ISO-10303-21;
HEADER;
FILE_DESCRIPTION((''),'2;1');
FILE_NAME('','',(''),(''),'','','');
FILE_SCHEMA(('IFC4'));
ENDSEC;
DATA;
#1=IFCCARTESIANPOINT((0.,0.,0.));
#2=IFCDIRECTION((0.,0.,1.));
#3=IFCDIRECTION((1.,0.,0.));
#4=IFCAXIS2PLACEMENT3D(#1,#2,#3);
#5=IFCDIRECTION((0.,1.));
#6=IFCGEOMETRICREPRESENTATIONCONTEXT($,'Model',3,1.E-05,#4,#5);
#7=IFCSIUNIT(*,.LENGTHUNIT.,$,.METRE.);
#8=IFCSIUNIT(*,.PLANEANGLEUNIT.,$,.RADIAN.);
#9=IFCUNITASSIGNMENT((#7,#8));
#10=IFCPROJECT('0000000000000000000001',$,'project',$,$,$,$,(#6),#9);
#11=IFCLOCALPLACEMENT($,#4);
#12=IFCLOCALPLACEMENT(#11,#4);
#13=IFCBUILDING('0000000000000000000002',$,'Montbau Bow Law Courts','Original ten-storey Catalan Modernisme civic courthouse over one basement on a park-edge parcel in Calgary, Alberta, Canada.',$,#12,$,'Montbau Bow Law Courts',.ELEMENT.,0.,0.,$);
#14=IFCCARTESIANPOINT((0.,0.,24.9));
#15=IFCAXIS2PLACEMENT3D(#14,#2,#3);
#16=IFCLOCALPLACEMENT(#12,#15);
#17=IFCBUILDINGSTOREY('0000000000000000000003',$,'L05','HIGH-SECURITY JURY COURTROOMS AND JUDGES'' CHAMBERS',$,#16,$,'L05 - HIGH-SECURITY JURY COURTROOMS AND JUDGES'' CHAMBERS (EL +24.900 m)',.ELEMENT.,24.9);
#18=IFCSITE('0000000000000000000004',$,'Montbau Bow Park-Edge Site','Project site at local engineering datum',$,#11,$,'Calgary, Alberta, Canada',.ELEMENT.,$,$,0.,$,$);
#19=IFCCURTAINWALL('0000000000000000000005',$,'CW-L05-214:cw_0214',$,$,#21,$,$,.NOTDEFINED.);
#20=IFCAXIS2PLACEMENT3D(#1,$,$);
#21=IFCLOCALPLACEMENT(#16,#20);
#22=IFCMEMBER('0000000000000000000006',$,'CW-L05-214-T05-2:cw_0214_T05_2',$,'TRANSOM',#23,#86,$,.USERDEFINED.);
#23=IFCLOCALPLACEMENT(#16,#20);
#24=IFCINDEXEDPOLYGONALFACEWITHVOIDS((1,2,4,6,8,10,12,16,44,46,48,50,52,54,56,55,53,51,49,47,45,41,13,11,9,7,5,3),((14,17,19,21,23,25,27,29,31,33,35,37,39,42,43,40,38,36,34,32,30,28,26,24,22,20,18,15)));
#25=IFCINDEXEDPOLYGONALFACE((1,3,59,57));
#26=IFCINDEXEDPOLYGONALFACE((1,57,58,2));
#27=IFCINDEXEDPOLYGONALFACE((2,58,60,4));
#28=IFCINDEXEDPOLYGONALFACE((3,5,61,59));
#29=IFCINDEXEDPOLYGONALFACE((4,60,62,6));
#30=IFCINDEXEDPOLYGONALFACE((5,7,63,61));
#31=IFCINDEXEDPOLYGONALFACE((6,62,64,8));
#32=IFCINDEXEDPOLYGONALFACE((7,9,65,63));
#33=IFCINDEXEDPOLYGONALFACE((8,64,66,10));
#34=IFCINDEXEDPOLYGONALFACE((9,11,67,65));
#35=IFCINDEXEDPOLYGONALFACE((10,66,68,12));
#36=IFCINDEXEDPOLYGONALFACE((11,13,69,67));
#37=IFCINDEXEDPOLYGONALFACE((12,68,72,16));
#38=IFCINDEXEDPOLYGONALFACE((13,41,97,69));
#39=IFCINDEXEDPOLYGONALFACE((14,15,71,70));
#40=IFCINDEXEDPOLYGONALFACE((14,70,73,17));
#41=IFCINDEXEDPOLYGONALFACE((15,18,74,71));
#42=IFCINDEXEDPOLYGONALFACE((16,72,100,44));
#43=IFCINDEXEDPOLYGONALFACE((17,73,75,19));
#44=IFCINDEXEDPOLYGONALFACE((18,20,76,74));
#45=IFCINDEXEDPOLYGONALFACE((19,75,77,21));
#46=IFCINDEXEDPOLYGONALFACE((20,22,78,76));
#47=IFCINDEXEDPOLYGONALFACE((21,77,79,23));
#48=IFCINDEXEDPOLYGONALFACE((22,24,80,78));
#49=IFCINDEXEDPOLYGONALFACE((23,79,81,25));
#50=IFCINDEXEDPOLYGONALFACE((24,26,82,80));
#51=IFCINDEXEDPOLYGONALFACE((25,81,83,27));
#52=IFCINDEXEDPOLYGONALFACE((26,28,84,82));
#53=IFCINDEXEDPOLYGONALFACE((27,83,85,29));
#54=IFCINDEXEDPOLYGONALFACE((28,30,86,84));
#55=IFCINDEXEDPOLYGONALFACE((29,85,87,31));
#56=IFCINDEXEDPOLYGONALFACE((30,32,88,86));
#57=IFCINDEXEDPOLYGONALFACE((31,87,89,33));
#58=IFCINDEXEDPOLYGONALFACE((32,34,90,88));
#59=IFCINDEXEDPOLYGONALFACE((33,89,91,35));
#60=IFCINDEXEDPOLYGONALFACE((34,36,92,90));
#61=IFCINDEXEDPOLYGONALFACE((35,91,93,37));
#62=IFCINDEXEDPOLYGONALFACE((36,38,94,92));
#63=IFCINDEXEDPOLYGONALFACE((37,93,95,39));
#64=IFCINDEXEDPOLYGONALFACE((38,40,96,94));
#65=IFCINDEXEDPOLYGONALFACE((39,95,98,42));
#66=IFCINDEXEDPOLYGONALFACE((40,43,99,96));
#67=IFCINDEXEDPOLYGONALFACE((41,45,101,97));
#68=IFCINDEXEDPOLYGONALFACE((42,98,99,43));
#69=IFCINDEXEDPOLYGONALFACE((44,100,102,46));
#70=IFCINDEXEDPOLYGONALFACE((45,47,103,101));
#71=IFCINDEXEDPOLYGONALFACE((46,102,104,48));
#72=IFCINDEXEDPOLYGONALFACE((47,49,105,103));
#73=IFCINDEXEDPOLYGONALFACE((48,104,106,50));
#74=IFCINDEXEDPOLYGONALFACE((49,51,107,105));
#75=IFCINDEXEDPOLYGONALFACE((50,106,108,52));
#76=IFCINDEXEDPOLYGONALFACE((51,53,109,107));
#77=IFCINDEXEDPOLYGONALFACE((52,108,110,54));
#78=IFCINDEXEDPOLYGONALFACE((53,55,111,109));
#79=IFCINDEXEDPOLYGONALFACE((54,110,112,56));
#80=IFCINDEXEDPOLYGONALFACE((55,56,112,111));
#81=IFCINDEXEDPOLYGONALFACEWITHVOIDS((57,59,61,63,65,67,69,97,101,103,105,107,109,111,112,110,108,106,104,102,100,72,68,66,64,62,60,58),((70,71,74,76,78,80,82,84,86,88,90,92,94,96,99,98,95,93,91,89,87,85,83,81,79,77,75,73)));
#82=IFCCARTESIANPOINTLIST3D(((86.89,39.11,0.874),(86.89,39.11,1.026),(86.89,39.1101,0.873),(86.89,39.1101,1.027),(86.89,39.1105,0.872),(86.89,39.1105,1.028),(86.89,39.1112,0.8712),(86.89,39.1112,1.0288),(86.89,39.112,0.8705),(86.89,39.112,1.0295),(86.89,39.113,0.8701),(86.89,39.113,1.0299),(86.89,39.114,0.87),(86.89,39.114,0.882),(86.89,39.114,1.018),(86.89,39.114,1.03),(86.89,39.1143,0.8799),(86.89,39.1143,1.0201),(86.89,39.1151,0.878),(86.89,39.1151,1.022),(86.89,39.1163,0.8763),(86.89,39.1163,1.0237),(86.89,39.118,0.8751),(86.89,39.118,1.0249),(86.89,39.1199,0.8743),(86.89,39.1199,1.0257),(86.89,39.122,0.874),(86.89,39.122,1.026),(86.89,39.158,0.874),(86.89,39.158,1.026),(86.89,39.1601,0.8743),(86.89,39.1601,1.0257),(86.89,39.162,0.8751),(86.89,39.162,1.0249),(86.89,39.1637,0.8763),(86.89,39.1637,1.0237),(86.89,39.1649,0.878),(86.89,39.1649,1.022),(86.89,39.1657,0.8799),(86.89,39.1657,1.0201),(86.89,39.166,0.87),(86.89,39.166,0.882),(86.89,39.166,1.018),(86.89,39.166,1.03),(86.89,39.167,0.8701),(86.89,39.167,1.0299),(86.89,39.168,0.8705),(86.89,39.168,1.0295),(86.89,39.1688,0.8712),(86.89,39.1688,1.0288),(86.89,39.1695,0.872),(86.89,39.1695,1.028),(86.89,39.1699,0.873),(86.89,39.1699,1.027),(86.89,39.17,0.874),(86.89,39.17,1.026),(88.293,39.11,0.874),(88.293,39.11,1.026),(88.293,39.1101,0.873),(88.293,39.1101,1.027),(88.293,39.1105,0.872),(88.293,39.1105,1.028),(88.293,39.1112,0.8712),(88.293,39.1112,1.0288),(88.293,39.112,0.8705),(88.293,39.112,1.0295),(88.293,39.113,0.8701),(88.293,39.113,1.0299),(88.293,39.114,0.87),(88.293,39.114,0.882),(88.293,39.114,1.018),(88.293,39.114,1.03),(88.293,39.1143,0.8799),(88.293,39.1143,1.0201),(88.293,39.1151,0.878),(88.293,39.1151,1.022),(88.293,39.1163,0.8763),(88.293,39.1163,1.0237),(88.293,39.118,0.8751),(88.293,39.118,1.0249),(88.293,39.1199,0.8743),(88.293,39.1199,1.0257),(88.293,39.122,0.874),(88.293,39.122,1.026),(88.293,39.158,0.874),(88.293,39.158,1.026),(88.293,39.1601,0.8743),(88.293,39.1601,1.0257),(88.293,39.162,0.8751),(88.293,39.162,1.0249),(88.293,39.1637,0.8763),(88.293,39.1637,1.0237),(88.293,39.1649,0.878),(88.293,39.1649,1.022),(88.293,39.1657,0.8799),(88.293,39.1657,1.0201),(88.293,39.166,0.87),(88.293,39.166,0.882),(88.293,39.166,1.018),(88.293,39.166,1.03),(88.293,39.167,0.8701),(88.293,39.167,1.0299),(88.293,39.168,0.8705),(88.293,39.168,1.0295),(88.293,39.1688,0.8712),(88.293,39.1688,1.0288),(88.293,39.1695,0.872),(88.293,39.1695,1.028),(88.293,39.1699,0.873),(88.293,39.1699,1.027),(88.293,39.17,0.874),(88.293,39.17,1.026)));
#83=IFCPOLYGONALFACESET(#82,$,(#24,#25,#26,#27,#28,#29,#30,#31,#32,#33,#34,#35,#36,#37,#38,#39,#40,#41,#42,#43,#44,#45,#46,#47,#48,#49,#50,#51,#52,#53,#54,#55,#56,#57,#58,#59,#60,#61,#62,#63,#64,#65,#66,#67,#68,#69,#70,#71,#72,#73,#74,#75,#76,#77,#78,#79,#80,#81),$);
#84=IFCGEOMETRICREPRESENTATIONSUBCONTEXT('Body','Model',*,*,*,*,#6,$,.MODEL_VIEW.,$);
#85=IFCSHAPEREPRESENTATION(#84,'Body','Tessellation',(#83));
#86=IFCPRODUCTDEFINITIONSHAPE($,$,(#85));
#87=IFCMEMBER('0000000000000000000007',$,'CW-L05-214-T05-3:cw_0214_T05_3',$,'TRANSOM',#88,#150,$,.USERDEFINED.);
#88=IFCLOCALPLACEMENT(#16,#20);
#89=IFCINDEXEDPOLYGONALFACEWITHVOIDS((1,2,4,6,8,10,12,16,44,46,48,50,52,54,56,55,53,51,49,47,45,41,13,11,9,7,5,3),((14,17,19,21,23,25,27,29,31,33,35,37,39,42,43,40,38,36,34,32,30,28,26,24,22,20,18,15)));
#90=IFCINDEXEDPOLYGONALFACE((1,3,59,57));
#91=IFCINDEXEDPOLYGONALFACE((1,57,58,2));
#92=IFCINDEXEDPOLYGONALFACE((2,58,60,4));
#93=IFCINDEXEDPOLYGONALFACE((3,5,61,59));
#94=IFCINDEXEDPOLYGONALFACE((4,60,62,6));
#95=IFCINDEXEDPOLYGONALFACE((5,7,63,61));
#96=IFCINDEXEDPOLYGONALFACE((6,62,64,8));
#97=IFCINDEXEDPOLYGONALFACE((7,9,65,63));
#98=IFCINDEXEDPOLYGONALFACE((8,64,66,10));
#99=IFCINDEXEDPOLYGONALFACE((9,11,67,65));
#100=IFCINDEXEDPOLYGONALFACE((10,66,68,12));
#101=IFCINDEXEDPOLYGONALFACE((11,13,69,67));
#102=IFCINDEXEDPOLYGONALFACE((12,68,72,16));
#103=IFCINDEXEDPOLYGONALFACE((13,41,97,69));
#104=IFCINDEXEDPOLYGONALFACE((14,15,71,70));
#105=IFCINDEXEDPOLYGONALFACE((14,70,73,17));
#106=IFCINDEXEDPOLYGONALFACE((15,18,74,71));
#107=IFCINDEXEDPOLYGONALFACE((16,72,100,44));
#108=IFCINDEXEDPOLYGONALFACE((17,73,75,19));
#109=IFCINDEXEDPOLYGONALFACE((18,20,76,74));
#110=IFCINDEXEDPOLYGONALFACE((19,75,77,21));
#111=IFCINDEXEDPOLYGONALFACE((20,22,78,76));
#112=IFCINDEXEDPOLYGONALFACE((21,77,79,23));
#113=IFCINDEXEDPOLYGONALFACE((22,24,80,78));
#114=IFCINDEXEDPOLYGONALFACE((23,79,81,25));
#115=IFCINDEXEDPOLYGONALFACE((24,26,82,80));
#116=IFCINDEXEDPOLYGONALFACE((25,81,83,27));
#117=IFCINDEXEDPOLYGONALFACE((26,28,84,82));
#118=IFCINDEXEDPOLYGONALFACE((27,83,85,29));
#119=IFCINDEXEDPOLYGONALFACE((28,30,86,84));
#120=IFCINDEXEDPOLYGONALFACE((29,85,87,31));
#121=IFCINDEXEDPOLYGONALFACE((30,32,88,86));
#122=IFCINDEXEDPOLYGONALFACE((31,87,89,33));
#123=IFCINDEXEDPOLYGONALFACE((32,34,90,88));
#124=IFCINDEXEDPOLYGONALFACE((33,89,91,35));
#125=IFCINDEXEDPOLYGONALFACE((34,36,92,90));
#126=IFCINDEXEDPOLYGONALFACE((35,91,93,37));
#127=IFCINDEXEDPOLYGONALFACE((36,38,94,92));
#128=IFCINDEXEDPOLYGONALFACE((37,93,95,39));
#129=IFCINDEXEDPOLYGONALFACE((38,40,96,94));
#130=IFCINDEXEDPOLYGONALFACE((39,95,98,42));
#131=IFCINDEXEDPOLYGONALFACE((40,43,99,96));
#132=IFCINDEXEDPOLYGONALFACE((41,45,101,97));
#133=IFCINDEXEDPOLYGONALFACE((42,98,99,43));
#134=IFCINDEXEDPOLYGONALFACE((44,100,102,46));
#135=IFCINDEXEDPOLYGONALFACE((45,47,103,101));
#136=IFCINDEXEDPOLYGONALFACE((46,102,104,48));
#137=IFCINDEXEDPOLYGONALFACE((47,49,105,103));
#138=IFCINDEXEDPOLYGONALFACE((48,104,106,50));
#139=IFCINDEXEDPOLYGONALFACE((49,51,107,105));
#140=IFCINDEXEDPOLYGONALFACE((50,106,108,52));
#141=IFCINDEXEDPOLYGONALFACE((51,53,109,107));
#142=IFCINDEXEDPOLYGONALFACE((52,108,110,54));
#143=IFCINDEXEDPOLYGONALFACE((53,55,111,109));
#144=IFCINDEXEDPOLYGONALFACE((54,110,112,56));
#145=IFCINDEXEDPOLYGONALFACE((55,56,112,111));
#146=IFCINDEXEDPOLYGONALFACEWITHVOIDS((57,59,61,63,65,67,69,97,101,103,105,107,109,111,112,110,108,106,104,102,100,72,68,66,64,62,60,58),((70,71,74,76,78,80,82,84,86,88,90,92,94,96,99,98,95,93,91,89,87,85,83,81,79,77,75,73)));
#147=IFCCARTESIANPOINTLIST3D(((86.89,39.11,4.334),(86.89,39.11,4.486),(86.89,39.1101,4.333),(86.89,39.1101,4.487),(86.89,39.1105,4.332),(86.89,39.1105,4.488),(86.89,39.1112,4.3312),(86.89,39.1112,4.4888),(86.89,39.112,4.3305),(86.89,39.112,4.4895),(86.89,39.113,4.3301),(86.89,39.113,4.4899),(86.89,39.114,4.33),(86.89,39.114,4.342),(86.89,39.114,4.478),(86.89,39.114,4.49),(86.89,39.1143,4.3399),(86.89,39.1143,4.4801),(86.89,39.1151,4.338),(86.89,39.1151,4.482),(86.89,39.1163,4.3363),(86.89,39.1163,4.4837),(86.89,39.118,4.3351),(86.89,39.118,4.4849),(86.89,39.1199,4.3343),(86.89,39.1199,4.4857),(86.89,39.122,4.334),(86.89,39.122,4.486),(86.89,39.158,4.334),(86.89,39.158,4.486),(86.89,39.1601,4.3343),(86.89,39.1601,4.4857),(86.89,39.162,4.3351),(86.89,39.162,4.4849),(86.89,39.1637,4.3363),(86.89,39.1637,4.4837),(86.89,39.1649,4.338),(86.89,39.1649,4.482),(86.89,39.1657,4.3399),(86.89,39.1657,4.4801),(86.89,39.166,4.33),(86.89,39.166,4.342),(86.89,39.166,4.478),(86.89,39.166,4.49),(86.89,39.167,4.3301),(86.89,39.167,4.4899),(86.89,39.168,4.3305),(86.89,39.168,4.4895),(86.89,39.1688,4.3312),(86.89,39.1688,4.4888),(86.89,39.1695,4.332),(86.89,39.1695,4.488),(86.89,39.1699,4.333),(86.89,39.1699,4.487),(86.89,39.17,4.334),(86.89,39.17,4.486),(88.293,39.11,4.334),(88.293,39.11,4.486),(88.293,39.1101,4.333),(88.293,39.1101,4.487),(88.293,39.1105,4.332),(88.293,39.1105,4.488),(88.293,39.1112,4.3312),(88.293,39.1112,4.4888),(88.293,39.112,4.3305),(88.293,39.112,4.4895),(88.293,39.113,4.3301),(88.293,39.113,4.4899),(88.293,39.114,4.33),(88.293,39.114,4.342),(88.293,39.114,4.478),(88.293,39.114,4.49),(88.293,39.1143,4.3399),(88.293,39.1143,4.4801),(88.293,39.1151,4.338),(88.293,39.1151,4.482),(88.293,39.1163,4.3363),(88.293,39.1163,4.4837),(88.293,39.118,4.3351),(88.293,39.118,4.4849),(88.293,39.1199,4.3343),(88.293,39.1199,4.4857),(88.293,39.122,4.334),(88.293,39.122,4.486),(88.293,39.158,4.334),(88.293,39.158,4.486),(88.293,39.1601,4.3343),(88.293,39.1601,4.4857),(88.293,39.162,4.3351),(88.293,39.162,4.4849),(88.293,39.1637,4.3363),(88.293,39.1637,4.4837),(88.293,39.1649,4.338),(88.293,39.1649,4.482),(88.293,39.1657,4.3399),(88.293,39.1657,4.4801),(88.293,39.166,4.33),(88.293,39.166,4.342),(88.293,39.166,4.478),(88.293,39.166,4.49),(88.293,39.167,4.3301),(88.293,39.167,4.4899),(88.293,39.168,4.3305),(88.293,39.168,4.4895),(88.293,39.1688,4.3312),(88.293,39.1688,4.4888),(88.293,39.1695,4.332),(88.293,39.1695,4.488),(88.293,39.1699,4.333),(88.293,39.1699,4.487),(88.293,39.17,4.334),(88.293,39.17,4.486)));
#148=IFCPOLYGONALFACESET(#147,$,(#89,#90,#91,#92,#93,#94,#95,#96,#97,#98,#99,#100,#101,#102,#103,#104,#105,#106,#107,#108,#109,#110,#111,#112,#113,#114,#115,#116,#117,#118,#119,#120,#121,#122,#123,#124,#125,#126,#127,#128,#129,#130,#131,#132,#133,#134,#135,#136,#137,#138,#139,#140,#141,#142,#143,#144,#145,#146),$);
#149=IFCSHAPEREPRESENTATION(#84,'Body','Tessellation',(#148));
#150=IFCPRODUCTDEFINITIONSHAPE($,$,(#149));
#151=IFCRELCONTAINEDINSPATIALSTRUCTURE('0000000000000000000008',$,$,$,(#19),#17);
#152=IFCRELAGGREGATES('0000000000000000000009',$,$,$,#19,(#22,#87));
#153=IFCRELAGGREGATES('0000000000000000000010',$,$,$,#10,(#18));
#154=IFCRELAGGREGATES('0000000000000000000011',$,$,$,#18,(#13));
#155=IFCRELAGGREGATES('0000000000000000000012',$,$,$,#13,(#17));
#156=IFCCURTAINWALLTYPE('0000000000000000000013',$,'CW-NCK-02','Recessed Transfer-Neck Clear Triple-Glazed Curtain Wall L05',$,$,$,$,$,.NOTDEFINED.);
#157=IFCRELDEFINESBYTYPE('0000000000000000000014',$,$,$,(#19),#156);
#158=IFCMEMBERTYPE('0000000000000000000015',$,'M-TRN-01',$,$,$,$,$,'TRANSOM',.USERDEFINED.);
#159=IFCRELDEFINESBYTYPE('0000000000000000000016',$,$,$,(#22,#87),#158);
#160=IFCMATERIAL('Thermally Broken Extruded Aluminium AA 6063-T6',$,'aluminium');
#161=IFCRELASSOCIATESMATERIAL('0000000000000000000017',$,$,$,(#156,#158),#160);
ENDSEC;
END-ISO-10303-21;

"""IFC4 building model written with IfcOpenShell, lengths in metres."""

from ifc_helpers import new_model, si_unit, direction, frame, origin_with_axes, origin_2d_with_axis, place, context, subcontext, project, spatial, hollow_rectangle, extrude, material, material_profile, profile_set, type_object, element, aggregate, save


model = new_model("IFC4")

# Units and contexts
model_context = context("Model", 3, precision=1e-05, world=origin_with_axes(), true_north=direction((0.0, 1.0)))
body_context = subcontext(model_context, "Body", "Model", "MODEL_VIEW")
ifc_project = project(units=[si_unit("LENGTHUNIT", "METRE"), si_unit("PLANEANGLEUNIT", "RADIAN")], contexts=[model_context])

# Site, building, storey
site_placement = place(None, origin_with_axes())
site = spatial("IfcSite", under=ifc_project, at=site_placement, Name="Montbau Bow Park-Edge Site", Description="Project site at local engineering datum", LongName="Calgary, Alberta, Canada", CompositionType="ELEMENT", RefElevation=0.0)
building_placement = place(site_placement, origin_with_axes())
building = spatial("IfcBuilding", under=site, at=building_placement, Name="Montbau Bow Law Courts", Description="Original ten-storey Catalan Modernisme civic courthouse over one basement on a park-edge parcel in Calgary, Alberta, Canada.", LongName="Montbau Bow Law Courts", CompositionType="ELEMENT", ElevationOfRefHeight=0.0, ElevationOfTerrain=0.0)
storey_placement = place(building_placement, frame((0.0, 0.0, 24.9), z_axis=(0.0, 0.0, 1.0), x_axis=(1.0, 0.0, 0.0)))
storey = spatial("IfcBuildingStorey", under=building, at=storey_placement, Name="L05", Description="HIGH-SECURITY JURY COURTROOMS AND JUDGES' CHAMBERS", LongName="L05 - HIGH-SECURITY JURY COURTROOMS AND JUDGES' CHAMBERS (EL +24.900 m)", CompositionType="ELEMENT", Elevation=24.9)

# Curtain wall
ifc_material_1 = material(Name="Thermally Broken Extruded Aluminium AA 6063-T6", Category="aluminium")
curtain_wall_type = type_object("IfcCurtainWallType", Name="CW-NCK-02", Description="Recessed Transfer-Neck Clear Triple-Glazed Curtain Wall L05", PredefinedType="NOTDEFINED", material=ifc_material_1)
curtain_wall_1_placement = place(None, frame((80.84, 39.14, 24.9), z_axis=(0.0, 0.0, 1.0), x_axis=(1.0, 0.0, 0.0)))
curtain_wall_1 = element("IfcCurtainWall", 1, at=curtain_wall_1_placement, inside=storey, type_object=curtain_wall_type, Name="CW-L05-214:cw_0214", PredefinedType="NOTDEFINED")

# Members
ifc_material_profile_1 = material_profile(ifc_material_1, hollow_rectangle(XDim=0.06, YDim=0.16, WallThickness=0.004, InnerFilletRadius=0.008, OuterFilletRadius=0.004, at=origin_2d_with_axis()), Name="CWT-160X60", Category="Main", Priority=0)
ifc_profile_set_1 = profile_set([ifc_material_profile_1], Name="Thermally Broken Extruded Aluminium AA 6063-T6")
member_type_1 = type_object("IfcMemberType", Name="M-TRN-01", ElementType="TRANSOM", PredefinedType="USERDEFINED", material=ifc_profile_set_1)
member_1_placement = place(None, frame((86.89, 39.14, 25.85), z_axis=(1.0, 0.0, 0.0), x_axis=(0.0, 1.0, 0.0)))
member_1 = element("IfcMember", 2, at=member_1_placement, type_object=member_type_1, Name="CW-L05-214-T05-2:cw_0214_T05_2", ObjectType="TRANSOM", PredefinedType="USERDEFINED", context=body_context, shape_type="SweptSolid", body=[
    extrude(hollow_rectangle(XDim=0.06, YDim=0.16, WallThickness=0.004, InnerFilletRadius=0.008, OuterFilletRadius=0.004, at=origin_2d_with_axis()), origin_with_axes(), (0.0, 0.0, 1.0), 1.403),
])
member_2_placement = place(None, frame((86.89, 39.14, 29.31), z_axis=(1.0, 0.0, 0.0), x_axis=(0.0, 1.0, 0.0)))
member_2 = element("IfcMember", 3, at=member_2_placement, type_object=member_type_1, Name="CW-L05-214-T05-3:cw_0214_T05_3", ObjectType="TRANSOM", PredefinedType="USERDEFINED", context=body_context, shape_type="SweptSolid", body=[
    extrude(hollow_rectangle(XDim=0.06, YDim=0.16, WallThickness=0.004, InnerFilletRadius=0.008, OuterFilletRadius=0.004, at=origin_2d_with_axis()), origin_with_axes(), (0.0, 0.0, 1.0), 1.403),
])

aggregate(curtain_wall_1, [member_1, member_2])

save(model, "model.ifc")
